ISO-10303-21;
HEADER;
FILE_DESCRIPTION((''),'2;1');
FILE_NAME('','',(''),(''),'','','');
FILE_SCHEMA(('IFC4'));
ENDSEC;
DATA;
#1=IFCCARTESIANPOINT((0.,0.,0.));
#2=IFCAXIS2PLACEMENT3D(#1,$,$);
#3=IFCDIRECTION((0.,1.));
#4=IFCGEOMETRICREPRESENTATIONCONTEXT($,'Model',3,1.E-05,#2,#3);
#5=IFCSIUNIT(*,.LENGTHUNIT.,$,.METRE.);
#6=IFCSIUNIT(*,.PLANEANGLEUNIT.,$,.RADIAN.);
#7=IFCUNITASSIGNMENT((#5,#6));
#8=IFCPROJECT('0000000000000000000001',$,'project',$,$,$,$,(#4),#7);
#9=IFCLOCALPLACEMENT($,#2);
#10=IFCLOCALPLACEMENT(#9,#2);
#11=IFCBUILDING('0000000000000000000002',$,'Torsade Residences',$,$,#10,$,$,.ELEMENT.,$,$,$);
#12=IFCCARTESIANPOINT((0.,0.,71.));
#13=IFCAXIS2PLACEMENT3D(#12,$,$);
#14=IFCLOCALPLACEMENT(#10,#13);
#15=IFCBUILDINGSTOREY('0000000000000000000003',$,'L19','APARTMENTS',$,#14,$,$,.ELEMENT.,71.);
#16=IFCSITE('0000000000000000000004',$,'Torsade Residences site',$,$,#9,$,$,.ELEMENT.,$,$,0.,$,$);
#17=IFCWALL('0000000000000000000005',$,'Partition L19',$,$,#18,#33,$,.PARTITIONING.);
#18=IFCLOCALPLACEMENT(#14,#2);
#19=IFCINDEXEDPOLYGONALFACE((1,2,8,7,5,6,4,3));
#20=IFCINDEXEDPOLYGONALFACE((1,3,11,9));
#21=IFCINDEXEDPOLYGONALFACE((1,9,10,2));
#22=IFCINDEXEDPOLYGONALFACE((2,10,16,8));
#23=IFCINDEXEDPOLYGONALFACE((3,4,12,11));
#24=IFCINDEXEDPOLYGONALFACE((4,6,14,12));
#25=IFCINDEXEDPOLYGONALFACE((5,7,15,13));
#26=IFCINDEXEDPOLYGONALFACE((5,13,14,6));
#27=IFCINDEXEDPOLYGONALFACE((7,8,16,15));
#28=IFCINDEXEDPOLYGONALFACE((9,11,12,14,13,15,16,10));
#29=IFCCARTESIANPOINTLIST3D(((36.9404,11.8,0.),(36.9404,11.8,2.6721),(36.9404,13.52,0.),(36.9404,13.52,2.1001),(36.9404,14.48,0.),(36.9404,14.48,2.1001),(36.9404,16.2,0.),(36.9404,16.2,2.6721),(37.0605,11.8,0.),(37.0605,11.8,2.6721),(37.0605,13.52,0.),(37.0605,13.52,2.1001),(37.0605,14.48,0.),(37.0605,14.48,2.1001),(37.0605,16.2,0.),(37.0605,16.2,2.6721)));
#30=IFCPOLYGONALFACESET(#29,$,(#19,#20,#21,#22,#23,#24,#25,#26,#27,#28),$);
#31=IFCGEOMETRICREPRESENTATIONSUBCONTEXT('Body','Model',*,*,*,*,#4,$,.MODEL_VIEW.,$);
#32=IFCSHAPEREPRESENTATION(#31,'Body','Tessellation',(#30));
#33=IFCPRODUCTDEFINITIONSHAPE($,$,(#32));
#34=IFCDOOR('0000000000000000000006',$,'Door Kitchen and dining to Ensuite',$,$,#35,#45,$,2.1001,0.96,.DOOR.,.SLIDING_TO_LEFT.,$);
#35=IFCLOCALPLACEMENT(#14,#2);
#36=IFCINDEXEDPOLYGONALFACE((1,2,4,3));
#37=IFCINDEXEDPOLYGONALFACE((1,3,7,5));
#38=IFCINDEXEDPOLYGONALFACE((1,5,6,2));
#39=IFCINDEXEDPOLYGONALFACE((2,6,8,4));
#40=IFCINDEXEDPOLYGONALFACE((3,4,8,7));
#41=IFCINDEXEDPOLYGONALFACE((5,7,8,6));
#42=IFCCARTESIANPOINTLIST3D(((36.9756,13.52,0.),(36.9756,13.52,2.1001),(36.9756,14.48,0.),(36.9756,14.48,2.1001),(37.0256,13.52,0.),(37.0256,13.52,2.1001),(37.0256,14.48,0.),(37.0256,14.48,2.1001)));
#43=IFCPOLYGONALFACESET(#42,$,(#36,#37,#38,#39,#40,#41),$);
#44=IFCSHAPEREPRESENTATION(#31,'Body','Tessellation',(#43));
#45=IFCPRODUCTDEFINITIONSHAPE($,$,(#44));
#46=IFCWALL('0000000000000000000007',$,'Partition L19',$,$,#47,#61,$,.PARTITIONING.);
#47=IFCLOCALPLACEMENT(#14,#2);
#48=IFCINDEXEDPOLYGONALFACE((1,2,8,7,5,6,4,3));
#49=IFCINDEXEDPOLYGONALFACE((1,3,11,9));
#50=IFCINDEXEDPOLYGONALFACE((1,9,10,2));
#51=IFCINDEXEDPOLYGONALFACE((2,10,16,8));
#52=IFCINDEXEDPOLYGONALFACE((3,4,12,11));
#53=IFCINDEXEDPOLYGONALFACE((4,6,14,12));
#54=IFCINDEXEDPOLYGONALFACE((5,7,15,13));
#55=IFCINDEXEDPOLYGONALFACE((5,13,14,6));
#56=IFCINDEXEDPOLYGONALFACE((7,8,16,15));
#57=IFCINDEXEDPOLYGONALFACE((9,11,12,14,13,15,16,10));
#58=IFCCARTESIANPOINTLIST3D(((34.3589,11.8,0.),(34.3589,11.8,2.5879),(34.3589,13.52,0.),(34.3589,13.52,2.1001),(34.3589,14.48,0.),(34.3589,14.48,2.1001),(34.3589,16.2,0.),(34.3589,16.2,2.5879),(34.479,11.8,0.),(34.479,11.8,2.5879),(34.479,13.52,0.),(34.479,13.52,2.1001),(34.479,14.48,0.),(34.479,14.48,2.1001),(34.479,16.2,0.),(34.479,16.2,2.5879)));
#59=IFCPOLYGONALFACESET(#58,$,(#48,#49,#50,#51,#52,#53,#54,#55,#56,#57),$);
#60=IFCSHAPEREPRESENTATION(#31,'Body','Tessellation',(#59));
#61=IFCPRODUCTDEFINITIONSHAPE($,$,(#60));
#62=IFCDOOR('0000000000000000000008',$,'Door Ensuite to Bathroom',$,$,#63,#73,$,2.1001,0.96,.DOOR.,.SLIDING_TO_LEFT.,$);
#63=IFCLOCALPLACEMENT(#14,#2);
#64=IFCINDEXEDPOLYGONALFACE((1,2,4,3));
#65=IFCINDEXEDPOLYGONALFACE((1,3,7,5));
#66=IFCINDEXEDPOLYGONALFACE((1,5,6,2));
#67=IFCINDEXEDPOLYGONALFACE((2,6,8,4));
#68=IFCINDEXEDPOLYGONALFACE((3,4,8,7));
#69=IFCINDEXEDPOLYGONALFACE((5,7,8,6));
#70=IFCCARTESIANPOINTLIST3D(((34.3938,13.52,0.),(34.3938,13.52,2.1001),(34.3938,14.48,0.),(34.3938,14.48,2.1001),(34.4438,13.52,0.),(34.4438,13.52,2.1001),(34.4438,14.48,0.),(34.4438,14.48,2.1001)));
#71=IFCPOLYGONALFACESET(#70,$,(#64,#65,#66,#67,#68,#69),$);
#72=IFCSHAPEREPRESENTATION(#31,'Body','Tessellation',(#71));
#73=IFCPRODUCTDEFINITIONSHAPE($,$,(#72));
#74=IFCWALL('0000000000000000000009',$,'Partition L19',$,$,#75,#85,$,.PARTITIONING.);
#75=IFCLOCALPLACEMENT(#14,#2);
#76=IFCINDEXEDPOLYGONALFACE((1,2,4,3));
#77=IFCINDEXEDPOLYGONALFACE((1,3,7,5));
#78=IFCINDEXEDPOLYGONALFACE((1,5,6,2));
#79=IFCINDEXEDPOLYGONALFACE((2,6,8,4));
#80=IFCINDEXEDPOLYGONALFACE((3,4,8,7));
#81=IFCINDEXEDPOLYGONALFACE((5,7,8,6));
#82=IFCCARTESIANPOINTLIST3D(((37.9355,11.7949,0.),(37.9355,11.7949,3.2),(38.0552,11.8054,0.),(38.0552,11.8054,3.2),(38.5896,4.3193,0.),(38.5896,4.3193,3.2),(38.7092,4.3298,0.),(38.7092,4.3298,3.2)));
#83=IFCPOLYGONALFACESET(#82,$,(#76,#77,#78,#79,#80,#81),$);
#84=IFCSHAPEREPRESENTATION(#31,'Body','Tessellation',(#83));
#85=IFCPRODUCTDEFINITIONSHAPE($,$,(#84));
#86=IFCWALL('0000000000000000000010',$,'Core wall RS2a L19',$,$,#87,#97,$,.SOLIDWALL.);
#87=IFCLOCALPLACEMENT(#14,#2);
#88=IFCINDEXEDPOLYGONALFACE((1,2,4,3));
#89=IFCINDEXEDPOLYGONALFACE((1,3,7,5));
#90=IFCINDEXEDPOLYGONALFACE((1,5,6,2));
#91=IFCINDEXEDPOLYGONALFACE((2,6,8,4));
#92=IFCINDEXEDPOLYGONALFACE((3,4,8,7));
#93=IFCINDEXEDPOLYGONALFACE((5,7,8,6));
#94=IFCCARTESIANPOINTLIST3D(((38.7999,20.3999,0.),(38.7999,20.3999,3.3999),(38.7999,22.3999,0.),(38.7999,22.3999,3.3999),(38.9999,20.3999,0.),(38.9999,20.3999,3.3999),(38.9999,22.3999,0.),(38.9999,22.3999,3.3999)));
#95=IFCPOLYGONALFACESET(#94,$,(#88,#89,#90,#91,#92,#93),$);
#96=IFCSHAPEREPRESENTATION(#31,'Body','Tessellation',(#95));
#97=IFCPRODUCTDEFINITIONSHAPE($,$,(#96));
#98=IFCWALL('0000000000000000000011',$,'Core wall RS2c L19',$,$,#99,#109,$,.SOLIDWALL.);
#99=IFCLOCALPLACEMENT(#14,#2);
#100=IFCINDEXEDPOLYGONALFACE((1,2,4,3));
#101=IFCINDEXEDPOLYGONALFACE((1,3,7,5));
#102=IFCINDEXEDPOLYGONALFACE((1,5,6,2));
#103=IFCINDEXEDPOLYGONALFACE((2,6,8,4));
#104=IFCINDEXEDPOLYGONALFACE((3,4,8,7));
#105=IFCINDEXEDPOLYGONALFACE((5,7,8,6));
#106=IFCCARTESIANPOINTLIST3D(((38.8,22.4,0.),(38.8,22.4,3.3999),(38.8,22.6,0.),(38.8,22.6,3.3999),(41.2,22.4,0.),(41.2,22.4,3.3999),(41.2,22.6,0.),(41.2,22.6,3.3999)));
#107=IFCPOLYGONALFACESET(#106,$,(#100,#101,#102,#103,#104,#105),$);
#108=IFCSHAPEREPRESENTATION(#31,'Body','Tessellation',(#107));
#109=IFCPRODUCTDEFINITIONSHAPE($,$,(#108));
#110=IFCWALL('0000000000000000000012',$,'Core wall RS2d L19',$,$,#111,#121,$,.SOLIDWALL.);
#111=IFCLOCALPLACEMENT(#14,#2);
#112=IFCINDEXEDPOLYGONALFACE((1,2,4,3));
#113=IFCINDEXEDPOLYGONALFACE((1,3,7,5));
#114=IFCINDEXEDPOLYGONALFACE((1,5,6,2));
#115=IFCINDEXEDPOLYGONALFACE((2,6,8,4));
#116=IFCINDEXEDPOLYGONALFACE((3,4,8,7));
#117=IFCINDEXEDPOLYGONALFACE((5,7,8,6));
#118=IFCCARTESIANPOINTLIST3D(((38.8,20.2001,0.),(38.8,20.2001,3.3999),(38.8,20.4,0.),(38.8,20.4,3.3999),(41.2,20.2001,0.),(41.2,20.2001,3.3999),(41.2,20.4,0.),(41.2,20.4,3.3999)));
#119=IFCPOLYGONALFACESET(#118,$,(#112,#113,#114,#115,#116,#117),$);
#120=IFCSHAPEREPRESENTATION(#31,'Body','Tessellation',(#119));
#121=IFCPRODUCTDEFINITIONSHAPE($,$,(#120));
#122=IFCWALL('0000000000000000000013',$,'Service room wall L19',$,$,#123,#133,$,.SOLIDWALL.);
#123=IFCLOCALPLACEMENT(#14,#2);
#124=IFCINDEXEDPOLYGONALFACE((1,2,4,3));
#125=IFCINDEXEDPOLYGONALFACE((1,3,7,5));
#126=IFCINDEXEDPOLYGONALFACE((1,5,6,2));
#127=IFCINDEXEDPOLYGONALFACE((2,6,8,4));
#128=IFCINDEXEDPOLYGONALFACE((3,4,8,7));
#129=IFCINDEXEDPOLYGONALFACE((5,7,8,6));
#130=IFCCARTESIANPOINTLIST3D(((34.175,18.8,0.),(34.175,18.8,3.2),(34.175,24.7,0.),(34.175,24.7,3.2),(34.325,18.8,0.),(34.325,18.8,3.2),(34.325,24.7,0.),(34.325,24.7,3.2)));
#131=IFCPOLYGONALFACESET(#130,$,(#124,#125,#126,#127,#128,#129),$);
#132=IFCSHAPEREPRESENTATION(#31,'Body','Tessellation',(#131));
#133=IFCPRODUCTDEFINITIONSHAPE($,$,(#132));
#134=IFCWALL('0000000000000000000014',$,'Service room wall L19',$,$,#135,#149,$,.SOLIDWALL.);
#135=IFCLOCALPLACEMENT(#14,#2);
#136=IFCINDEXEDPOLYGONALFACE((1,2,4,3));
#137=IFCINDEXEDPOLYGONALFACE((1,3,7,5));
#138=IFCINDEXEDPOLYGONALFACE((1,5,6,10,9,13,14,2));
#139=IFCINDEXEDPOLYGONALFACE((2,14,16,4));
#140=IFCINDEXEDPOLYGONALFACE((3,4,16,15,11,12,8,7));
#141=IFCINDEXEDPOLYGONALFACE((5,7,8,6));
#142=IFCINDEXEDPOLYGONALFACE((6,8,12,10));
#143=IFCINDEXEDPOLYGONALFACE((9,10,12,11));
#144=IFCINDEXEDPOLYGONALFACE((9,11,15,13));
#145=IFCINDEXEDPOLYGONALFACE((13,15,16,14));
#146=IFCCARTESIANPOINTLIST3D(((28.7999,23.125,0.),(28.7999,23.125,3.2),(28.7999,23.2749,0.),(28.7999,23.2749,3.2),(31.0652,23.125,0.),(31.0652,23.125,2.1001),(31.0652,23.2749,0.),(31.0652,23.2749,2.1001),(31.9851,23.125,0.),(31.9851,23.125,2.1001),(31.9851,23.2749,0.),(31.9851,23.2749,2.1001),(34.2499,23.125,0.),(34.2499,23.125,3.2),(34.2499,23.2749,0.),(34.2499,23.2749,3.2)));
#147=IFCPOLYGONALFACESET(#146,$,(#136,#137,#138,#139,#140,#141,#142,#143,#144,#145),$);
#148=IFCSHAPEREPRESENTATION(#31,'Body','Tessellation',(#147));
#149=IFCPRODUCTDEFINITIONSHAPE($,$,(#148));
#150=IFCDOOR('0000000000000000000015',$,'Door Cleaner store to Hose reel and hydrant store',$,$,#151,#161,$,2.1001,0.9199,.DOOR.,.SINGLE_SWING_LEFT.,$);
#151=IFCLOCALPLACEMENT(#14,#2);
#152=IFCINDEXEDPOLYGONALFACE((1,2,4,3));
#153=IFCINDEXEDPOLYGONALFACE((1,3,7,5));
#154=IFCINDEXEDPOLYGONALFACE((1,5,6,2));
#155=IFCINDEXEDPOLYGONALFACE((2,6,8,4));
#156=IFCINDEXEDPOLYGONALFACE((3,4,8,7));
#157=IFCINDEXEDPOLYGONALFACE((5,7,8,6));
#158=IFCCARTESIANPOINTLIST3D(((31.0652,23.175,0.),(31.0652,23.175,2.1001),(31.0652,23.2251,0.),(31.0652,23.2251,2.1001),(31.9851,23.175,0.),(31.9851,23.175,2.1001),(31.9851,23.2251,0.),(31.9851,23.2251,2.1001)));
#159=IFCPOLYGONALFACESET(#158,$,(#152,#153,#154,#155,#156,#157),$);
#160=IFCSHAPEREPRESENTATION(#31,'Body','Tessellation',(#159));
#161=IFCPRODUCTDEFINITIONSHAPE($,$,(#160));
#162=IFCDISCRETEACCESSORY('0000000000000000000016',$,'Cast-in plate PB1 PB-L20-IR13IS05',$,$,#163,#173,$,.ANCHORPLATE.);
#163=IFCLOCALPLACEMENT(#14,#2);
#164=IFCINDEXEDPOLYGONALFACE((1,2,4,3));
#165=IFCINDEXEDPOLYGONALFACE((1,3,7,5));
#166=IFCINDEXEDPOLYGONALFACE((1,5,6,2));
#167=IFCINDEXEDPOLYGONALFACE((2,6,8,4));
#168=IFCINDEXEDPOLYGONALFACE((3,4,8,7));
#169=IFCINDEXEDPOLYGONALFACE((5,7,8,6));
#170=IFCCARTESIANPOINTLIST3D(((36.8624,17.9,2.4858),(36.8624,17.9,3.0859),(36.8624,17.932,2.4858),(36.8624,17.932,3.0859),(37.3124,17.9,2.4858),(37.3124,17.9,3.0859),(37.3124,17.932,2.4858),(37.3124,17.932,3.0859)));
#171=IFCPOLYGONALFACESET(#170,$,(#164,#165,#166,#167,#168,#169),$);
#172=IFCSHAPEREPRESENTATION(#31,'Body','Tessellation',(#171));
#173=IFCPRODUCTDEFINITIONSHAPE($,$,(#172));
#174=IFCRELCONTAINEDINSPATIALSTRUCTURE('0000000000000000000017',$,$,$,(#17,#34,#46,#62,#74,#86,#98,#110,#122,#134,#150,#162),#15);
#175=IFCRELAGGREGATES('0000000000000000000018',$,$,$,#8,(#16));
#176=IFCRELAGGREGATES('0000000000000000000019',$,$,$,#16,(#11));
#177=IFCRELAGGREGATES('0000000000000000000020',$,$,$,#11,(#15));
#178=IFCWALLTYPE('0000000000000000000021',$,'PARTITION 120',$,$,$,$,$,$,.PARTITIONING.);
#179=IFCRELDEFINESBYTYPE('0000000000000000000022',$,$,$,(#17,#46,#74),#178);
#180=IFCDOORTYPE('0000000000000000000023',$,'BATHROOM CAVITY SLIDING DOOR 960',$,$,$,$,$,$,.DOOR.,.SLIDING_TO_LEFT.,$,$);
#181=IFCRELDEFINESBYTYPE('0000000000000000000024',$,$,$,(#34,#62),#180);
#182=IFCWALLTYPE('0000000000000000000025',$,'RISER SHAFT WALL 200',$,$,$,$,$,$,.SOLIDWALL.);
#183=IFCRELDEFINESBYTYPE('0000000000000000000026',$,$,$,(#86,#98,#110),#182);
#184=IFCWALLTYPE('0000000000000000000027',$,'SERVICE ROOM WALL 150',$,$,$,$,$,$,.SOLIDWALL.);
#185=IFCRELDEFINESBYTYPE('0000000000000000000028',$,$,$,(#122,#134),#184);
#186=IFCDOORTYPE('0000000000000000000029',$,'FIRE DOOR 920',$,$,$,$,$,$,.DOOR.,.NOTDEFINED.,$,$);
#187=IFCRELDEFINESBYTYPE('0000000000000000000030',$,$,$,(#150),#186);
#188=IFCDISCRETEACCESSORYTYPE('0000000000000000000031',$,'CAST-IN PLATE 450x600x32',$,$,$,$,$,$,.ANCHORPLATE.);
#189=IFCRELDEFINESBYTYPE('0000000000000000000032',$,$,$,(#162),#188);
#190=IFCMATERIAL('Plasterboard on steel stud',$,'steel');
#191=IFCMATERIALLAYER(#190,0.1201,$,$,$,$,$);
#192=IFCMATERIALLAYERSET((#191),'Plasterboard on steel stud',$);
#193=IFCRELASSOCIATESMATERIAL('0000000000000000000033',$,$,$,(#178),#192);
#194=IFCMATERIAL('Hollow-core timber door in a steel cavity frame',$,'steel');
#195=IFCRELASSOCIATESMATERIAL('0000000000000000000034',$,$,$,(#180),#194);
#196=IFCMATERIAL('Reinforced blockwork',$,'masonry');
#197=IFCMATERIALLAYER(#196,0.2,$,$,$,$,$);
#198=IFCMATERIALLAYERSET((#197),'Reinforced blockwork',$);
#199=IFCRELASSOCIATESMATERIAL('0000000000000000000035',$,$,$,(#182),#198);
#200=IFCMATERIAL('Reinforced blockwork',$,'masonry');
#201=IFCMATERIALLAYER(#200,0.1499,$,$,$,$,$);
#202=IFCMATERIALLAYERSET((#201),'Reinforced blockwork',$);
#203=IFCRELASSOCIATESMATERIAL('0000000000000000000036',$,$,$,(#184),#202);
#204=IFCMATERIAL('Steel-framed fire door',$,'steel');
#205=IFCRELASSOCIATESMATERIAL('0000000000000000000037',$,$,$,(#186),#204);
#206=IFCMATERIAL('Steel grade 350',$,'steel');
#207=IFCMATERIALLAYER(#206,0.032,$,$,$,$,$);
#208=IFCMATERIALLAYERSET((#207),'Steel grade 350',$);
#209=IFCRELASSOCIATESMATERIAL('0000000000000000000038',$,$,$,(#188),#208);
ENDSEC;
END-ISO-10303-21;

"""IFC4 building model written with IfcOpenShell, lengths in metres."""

from ifc_helpers import new_model, si_unit, direction, frame, frame_2d, origin, origin_2d, place, context, subcontext, project, spatial, rectangle, extrude, material, layer, layer_set, type_object, element, fill, save


model = new_model("IFC4")

# Units and contexts
model_context = context("Model", 3, precision=1e-05, world=origin(), true_north=direction((0.0, 1.0)))
body_context = subcontext(model_context, "Body", "Model", "MODEL_VIEW")
ifc_project = project(units=[si_unit("LENGTHUNIT", "METRE"), si_unit("PLANEANGLEUNIT", "RADIAN")], contexts=[model_context])

# Site, building, storey
site_placement = place(None, origin())
site = spatial("IfcSite", under=ifc_project, at=site_placement, Name="Torsade Residences site", CompositionType="ELEMENT", RefElevation=0.0)
building_placement = place(site_placement, origin())
building = spatial("IfcBuilding", under=site, at=building_placement, Name="Torsade Residences", CompositionType="ELEMENT")
storey_placement = place(building_placement, frame((0.0, 0.0, 71.0)))
storey = spatial("IfcBuildingStorey", under=building, at=storey_placement, Name="L19", Description="APARTMENTS", CompositionType="ELEMENT", Elevation=71.0)

# Walls, openings, doors
ifc_material_1 = material(Name="Plasterboard on steel stud", Category="steel")
ifc_layer_1 = layer(ifc_material_1, 0.1201)
ifc_layer_set_1 = layer_set([ifc_layer_1], Name="Plasterboard on steel stud")
wall_type_1 = type_object("IfcWallType", Name="PARTITION 120", PredefinedType="PARTITIONING", material=ifc_layer_set_1)
wall_1_placement = place(storey_placement, frame((37.0005, 11.8, 0.0), z_axis=(0.0, 0.0, 1.0), x_axis=(0.0, 1.0, 0.0)))
wall_1 = element("IfcWall", 1, at=wall_1_placement, inside=storey, type_object=wall_type_1, Name="Partition L19", PredefinedType="PARTITIONING", context=body_context, shape_type="SweptSolid", body=[
    extrude(rectangle(XDim=4.3999, YDim=0.1201, at=frame_2d((2.2, 0.0))), origin(), (0.0, 0.0, 1.0), 2.6721),
])
opening_1_placement = place(wall_1_placement, frame((1.72, 0.0, 0.0)))
opening_1 = element("IfcOpeningElement", 2, at=opening_1_placement, cuts=wall_1, PredefinedType="OPENING", context=body_context, shape_type="SweptSolid", body=[
    extrude(rectangle(XDim=0.96, YDim=2.1001, at=frame_2d((0.48, 1.05))), frame((0.0, 0.0701, 0.0), z_axis=(0.0, -1.0, 0.0), x_axis=(1.0, 0.0, 0.0)), (0.0, 0.0, 1.0), 0.1401),
])
ifc_material_2 = material(Name="Hollow-core timber door in a steel cavity frame", Category="steel")
door_type_1 = type_object("IfcDoorType", Name="BATHROOM CAVITY SLIDING DOOR 960", OperationType="SLIDING_TO_LEFT", PredefinedType="DOOR", material=ifc_material_2)
door_1_placement = place(opening_1_placement, origin())
door_1 = element("IfcDoor", 3, at=door_1_placement, inside=storey, type_object=door_type_1, Name="Door Kitchen and dining to Ensuite", OperationType="SLIDING_TO_LEFT", OverallHeight=2.1001, OverallWidth=0.96, PredefinedType="DOOR", context=body_context, shape_type="SweptSolid", body=[
    extrude(rectangle(XDim=0.96, YDim=2.1001, at=frame_2d((0.48, 1.05))), frame((0.0, 0.0249, 0.0), z_axis=(0.0, -1.0, 0.0), x_axis=(1.0, 0.0, 0.0)), (0.0, 0.0, 1.0), 0.05),
])
fill(opening_1, door_1)
wall_2_placement = place(storey_placement, frame((34.4189, 16.2, 0.0), z_axis=(0.0, 0.0, 1.0), x_axis=(0.0, -1.0, 0.0)))
wall_2 = element("IfcWall", 4, at=wall_2_placement, inside=storey, type_object=wall_type_1, Name="Partition L19", PredefinedType="PARTITIONING", context=body_context, shape_type="SweptSolid", body=[
    extrude(rectangle(XDim=4.3999, YDim=0.1201, at=frame_2d((2.2, 0.0))), origin(), (0.0, 0.0, 1.0), 2.5879),
])
opening_2_placement = place(wall_2_placement, frame((1.72, 0.0, 0.0)))
opening_2 = element("IfcOpeningElement", 5, at=opening_2_placement, cuts=wall_2, PredefinedType="OPENING", context=body_context, shape_type="SweptSolid", body=[
    extrude(rectangle(XDim=0.96, YDim=2.1001, at=frame_2d((0.48, 1.05))), frame((0.0, 0.0701, 0.0), z_axis=(0.0, -1.0, 0.0), x_axis=(1.0, 0.0, 0.0)), (0.0, 0.0, 1.0), 0.1401),
])
door_2_placement = place(opening_2_placement, origin())
door_2 = element("IfcDoor", 6, at=door_2_placement, inside=storey, type_object=door_type_1, Name="Door Ensuite to Bathroom", OperationType="SLIDING_TO_LEFT", OverallHeight=2.1001, OverallWidth=0.96, PredefinedType="DOOR", context=body_context, shape_type="SweptSolid", body=[
    extrude(rectangle(XDim=0.96, YDim=2.1001, at=frame_2d((0.48, 1.05))), frame((0.0, 0.0249, 0.0), z_axis=(0.0, -1.0, 0.0), x_axis=(1.0, 0.0, 0.0)), (0.0, 0.0, 1.0), 0.05),
])
fill(opening_2, door_2)

# Walls
wall_3_placement = place(storey_placement, frame((37.9954, 11.8, 0.0), z_axis=(0.0, 0.0, 1.0), x_axis=(0.087159, -0.996194, 0.0)))
element("IfcWall", 7, at=wall_3_placement, inside=storey, type_object=wall_type_1, Name="Partition L19", PredefinedType="PARTITIONING", context=body_context, shape_type="SweptSolid", body=[
    extrude(rectangle(XDim=7.5042, YDim=0.1201, at=frame_2d((3.752, 0.0))), origin(), (0.0, 0.0, 1.0), 3.2),
])
ifc_material_3 = material(Name="Reinforced blockwork", Category="masonry")
ifc_layer_2 = layer(ifc_material_3, 0.2)
ifc_layer_set_2 = layer_set([ifc_layer_2], Name="Reinforced blockwork")
wall_type_2 = type_object("IfcWallType", Name="RISER SHAFT WALL 200", PredefinedType="SOLIDWALL", material=ifc_layer_set_2)
wall_4_placement = place(storey_placement, frame((38.8999, 22.3999, 0.0), z_axis=(0.0, 0.0, 1.0), x_axis=(0.0, -1.0, 0.0)))
element("IfcWall", 8, at=wall_4_placement, inside=storey, type_object=wall_type_2, Name="Core wall RS2a L19", PredefinedType="SOLIDWALL", context=body_context, shape_type="SweptSolid", body=[
    extrude(rectangle(XDim=2.0, YDim=0.2, at=frame_2d((1.0, 0.0))), origin(), (0.0, 0.0, 1.0), 3.3999),
])
for number, where, z_axis, x_axis, name in (
    (9, (38.8, 22.5, 0.0), (0.0, 0.0, 1.0), (1.0, 0.0, 0.0), "Core wall RS2c L19"),
    (10, (38.8, 20.3, 0.0), (0.0, 0.0, 1.0), (1.0, 0.0, 0.0), "Core wall RS2d L19"),
):
    element("IfcWall", number, at=place(storey_placement, frame(where, z_axis=z_axis, x_axis=x_axis)), inside=storey, type_object=wall_type_2, Name=name, PredefinedType="SOLIDWALL", context=body_context, shape_type="SweptSolid", body=[
        extrude(rectangle(XDim=2.3999, YDim=0.2, at=frame_2d((1.2, 0.0))), origin(), (0.0, 0.0, 1.0), 3.3999),
    ])
ifc_material_4 = material(Name="Reinforced blockwork", Category="masonry")
ifc_layer_3 = layer(ifc_material_4, 0.1499)
ifc_layer_set_3 = layer_set([ifc_layer_3], Name="Reinforced blockwork")
wall_type_3 = type_object("IfcWallType", Name="SERVICE ROOM WALL 150", PredefinedType="SOLIDWALL", material=ifc_layer_set_3)
wall_5_placement = place(storey_placement, frame((34.25, 18.8, 0.0), z_axis=(0.0, 0.0, 1.0), x_axis=(0.0, 1.0, 0.0)))
element("IfcWall", 11, at=wall_5_placement, inside=storey, type_object=wall_type_3, Name="Service room wall L19", PredefinedType="SOLIDWALL", context=body_context, shape_type="SweptSolid", body=[
    extrude(rectangle(XDim=5.8999, YDim=0.1499, at=frame_2d((2.95, 0.0))), origin(), (0.0, 0.0, 1.0), 3.2),
])

# Wall, opening, door
wall_6_placement = place(storey_placement, frame((34.25, 23.2, 0.0), z_axis=(0.0, 0.0, 1.0), x_axis=(-1.0, 0.0, 0.0)))
wall_6 = element("IfcWall", 12, at=wall_6_placement, inside=storey, type_object=wall_type_3, Name="Service room wall L19", PredefinedType="SOLIDWALL", context=body_context, shape_type="SweptSolid", body=[
    extrude(rectangle(XDim=5.45, YDim=0.1499, at=frame_2d((2.7251, 0.0))), origin(), (0.0, 0.0, 1.0), 3.2),
])
opening_3_placement = place(wall_6_placement, frame((2.2649, 0.0, 0.0)))
opening_3 = element("IfcOpeningElement", 13, at=opening_3_placement, cuts=wall_6, PredefinedType="OPENING", context=body_context, shape_type="SweptSolid", body=[
    extrude(rectangle(XDim=0.9199, YDim=2.1001, at=frame_2d((0.46, 1.05))), frame((0.0, 0.085, 0.0), z_axis=(0.0, -1.0, 0.0), x_axis=(1.0, 0.0, 0.0)), (0.0, 0.0, 1.0), 0.1699),
])
ifc_material_5 = material(Name="Steel-framed fire door", Category="steel")
door_type_2 = type_object("IfcDoorType", Name="FIRE DOOR 920", OperationType="NOTDEFINED", PredefinedType="DOOR", material=ifc_material_5)
door_3_placement = place(opening_3_placement, origin())
door_3 = element("IfcDoor", 14, at=door_3_placement, inside=storey, type_object=door_type_2, Name="Door Cleaner store to Hose reel and hydrant store", OperationType="SINGLE_SWING_LEFT", OverallHeight=2.1001, OverallWidth=0.9199, PredefinedType="DOOR", context=body_context, shape_type="SweptSolid", body=[
    extrude(rectangle(XDim=0.9199, YDim=2.1001, at=frame_2d((0.46, 1.05))), frame((0.0, 0.0249, 0.0), z_axis=(0.0, -1.0, 0.0), x_axis=(1.0, 0.0, 0.0)), (0.0, 0.0, 1.0), 0.05),
])
fill(opening_3, door_3)

# Discrete accessory
ifc_material_6 = material(Name="Steel grade 350", Category="steel")
ifc_layer_4 = layer(ifc_material_6, 0.032)
ifc_layer_set_4 = layer_set([ifc_layer_4], Name="Steel grade 350")
discrete_accessory_type = type_object("IfcDiscreteAccessoryType", Name="CAST-IN PLATE 450x600x32", PredefinedType="ANCHORPLATE", material=ifc_layer_set_4)
for number, where, z_axis, x_axis, name in (
    (15, (37.0874, 17.916, 2.4858), (0.0, 0.0, 1.0), (1.0, 0.0, 0.0), "Cast-in plate PB1 PB-L20-IR13IS05"),
):
    element("IfcDiscreteAccessory", number, at=place(storey_placement, frame(where, z_axis=z_axis, x_axis=x_axis)), inside=storey, type_object=discrete_accessory_type, Name=name, PredefinedType="ANCHORPLATE", context=body_context, shape_type="SweptSolid", body=[
        extrude(rectangle(XDim=0.45, YDim=0.032, at=origin_2d()), origin(), (0.0, 0.0, 1.0), 0.6001),
    ])

save(model, "model.ifc")
